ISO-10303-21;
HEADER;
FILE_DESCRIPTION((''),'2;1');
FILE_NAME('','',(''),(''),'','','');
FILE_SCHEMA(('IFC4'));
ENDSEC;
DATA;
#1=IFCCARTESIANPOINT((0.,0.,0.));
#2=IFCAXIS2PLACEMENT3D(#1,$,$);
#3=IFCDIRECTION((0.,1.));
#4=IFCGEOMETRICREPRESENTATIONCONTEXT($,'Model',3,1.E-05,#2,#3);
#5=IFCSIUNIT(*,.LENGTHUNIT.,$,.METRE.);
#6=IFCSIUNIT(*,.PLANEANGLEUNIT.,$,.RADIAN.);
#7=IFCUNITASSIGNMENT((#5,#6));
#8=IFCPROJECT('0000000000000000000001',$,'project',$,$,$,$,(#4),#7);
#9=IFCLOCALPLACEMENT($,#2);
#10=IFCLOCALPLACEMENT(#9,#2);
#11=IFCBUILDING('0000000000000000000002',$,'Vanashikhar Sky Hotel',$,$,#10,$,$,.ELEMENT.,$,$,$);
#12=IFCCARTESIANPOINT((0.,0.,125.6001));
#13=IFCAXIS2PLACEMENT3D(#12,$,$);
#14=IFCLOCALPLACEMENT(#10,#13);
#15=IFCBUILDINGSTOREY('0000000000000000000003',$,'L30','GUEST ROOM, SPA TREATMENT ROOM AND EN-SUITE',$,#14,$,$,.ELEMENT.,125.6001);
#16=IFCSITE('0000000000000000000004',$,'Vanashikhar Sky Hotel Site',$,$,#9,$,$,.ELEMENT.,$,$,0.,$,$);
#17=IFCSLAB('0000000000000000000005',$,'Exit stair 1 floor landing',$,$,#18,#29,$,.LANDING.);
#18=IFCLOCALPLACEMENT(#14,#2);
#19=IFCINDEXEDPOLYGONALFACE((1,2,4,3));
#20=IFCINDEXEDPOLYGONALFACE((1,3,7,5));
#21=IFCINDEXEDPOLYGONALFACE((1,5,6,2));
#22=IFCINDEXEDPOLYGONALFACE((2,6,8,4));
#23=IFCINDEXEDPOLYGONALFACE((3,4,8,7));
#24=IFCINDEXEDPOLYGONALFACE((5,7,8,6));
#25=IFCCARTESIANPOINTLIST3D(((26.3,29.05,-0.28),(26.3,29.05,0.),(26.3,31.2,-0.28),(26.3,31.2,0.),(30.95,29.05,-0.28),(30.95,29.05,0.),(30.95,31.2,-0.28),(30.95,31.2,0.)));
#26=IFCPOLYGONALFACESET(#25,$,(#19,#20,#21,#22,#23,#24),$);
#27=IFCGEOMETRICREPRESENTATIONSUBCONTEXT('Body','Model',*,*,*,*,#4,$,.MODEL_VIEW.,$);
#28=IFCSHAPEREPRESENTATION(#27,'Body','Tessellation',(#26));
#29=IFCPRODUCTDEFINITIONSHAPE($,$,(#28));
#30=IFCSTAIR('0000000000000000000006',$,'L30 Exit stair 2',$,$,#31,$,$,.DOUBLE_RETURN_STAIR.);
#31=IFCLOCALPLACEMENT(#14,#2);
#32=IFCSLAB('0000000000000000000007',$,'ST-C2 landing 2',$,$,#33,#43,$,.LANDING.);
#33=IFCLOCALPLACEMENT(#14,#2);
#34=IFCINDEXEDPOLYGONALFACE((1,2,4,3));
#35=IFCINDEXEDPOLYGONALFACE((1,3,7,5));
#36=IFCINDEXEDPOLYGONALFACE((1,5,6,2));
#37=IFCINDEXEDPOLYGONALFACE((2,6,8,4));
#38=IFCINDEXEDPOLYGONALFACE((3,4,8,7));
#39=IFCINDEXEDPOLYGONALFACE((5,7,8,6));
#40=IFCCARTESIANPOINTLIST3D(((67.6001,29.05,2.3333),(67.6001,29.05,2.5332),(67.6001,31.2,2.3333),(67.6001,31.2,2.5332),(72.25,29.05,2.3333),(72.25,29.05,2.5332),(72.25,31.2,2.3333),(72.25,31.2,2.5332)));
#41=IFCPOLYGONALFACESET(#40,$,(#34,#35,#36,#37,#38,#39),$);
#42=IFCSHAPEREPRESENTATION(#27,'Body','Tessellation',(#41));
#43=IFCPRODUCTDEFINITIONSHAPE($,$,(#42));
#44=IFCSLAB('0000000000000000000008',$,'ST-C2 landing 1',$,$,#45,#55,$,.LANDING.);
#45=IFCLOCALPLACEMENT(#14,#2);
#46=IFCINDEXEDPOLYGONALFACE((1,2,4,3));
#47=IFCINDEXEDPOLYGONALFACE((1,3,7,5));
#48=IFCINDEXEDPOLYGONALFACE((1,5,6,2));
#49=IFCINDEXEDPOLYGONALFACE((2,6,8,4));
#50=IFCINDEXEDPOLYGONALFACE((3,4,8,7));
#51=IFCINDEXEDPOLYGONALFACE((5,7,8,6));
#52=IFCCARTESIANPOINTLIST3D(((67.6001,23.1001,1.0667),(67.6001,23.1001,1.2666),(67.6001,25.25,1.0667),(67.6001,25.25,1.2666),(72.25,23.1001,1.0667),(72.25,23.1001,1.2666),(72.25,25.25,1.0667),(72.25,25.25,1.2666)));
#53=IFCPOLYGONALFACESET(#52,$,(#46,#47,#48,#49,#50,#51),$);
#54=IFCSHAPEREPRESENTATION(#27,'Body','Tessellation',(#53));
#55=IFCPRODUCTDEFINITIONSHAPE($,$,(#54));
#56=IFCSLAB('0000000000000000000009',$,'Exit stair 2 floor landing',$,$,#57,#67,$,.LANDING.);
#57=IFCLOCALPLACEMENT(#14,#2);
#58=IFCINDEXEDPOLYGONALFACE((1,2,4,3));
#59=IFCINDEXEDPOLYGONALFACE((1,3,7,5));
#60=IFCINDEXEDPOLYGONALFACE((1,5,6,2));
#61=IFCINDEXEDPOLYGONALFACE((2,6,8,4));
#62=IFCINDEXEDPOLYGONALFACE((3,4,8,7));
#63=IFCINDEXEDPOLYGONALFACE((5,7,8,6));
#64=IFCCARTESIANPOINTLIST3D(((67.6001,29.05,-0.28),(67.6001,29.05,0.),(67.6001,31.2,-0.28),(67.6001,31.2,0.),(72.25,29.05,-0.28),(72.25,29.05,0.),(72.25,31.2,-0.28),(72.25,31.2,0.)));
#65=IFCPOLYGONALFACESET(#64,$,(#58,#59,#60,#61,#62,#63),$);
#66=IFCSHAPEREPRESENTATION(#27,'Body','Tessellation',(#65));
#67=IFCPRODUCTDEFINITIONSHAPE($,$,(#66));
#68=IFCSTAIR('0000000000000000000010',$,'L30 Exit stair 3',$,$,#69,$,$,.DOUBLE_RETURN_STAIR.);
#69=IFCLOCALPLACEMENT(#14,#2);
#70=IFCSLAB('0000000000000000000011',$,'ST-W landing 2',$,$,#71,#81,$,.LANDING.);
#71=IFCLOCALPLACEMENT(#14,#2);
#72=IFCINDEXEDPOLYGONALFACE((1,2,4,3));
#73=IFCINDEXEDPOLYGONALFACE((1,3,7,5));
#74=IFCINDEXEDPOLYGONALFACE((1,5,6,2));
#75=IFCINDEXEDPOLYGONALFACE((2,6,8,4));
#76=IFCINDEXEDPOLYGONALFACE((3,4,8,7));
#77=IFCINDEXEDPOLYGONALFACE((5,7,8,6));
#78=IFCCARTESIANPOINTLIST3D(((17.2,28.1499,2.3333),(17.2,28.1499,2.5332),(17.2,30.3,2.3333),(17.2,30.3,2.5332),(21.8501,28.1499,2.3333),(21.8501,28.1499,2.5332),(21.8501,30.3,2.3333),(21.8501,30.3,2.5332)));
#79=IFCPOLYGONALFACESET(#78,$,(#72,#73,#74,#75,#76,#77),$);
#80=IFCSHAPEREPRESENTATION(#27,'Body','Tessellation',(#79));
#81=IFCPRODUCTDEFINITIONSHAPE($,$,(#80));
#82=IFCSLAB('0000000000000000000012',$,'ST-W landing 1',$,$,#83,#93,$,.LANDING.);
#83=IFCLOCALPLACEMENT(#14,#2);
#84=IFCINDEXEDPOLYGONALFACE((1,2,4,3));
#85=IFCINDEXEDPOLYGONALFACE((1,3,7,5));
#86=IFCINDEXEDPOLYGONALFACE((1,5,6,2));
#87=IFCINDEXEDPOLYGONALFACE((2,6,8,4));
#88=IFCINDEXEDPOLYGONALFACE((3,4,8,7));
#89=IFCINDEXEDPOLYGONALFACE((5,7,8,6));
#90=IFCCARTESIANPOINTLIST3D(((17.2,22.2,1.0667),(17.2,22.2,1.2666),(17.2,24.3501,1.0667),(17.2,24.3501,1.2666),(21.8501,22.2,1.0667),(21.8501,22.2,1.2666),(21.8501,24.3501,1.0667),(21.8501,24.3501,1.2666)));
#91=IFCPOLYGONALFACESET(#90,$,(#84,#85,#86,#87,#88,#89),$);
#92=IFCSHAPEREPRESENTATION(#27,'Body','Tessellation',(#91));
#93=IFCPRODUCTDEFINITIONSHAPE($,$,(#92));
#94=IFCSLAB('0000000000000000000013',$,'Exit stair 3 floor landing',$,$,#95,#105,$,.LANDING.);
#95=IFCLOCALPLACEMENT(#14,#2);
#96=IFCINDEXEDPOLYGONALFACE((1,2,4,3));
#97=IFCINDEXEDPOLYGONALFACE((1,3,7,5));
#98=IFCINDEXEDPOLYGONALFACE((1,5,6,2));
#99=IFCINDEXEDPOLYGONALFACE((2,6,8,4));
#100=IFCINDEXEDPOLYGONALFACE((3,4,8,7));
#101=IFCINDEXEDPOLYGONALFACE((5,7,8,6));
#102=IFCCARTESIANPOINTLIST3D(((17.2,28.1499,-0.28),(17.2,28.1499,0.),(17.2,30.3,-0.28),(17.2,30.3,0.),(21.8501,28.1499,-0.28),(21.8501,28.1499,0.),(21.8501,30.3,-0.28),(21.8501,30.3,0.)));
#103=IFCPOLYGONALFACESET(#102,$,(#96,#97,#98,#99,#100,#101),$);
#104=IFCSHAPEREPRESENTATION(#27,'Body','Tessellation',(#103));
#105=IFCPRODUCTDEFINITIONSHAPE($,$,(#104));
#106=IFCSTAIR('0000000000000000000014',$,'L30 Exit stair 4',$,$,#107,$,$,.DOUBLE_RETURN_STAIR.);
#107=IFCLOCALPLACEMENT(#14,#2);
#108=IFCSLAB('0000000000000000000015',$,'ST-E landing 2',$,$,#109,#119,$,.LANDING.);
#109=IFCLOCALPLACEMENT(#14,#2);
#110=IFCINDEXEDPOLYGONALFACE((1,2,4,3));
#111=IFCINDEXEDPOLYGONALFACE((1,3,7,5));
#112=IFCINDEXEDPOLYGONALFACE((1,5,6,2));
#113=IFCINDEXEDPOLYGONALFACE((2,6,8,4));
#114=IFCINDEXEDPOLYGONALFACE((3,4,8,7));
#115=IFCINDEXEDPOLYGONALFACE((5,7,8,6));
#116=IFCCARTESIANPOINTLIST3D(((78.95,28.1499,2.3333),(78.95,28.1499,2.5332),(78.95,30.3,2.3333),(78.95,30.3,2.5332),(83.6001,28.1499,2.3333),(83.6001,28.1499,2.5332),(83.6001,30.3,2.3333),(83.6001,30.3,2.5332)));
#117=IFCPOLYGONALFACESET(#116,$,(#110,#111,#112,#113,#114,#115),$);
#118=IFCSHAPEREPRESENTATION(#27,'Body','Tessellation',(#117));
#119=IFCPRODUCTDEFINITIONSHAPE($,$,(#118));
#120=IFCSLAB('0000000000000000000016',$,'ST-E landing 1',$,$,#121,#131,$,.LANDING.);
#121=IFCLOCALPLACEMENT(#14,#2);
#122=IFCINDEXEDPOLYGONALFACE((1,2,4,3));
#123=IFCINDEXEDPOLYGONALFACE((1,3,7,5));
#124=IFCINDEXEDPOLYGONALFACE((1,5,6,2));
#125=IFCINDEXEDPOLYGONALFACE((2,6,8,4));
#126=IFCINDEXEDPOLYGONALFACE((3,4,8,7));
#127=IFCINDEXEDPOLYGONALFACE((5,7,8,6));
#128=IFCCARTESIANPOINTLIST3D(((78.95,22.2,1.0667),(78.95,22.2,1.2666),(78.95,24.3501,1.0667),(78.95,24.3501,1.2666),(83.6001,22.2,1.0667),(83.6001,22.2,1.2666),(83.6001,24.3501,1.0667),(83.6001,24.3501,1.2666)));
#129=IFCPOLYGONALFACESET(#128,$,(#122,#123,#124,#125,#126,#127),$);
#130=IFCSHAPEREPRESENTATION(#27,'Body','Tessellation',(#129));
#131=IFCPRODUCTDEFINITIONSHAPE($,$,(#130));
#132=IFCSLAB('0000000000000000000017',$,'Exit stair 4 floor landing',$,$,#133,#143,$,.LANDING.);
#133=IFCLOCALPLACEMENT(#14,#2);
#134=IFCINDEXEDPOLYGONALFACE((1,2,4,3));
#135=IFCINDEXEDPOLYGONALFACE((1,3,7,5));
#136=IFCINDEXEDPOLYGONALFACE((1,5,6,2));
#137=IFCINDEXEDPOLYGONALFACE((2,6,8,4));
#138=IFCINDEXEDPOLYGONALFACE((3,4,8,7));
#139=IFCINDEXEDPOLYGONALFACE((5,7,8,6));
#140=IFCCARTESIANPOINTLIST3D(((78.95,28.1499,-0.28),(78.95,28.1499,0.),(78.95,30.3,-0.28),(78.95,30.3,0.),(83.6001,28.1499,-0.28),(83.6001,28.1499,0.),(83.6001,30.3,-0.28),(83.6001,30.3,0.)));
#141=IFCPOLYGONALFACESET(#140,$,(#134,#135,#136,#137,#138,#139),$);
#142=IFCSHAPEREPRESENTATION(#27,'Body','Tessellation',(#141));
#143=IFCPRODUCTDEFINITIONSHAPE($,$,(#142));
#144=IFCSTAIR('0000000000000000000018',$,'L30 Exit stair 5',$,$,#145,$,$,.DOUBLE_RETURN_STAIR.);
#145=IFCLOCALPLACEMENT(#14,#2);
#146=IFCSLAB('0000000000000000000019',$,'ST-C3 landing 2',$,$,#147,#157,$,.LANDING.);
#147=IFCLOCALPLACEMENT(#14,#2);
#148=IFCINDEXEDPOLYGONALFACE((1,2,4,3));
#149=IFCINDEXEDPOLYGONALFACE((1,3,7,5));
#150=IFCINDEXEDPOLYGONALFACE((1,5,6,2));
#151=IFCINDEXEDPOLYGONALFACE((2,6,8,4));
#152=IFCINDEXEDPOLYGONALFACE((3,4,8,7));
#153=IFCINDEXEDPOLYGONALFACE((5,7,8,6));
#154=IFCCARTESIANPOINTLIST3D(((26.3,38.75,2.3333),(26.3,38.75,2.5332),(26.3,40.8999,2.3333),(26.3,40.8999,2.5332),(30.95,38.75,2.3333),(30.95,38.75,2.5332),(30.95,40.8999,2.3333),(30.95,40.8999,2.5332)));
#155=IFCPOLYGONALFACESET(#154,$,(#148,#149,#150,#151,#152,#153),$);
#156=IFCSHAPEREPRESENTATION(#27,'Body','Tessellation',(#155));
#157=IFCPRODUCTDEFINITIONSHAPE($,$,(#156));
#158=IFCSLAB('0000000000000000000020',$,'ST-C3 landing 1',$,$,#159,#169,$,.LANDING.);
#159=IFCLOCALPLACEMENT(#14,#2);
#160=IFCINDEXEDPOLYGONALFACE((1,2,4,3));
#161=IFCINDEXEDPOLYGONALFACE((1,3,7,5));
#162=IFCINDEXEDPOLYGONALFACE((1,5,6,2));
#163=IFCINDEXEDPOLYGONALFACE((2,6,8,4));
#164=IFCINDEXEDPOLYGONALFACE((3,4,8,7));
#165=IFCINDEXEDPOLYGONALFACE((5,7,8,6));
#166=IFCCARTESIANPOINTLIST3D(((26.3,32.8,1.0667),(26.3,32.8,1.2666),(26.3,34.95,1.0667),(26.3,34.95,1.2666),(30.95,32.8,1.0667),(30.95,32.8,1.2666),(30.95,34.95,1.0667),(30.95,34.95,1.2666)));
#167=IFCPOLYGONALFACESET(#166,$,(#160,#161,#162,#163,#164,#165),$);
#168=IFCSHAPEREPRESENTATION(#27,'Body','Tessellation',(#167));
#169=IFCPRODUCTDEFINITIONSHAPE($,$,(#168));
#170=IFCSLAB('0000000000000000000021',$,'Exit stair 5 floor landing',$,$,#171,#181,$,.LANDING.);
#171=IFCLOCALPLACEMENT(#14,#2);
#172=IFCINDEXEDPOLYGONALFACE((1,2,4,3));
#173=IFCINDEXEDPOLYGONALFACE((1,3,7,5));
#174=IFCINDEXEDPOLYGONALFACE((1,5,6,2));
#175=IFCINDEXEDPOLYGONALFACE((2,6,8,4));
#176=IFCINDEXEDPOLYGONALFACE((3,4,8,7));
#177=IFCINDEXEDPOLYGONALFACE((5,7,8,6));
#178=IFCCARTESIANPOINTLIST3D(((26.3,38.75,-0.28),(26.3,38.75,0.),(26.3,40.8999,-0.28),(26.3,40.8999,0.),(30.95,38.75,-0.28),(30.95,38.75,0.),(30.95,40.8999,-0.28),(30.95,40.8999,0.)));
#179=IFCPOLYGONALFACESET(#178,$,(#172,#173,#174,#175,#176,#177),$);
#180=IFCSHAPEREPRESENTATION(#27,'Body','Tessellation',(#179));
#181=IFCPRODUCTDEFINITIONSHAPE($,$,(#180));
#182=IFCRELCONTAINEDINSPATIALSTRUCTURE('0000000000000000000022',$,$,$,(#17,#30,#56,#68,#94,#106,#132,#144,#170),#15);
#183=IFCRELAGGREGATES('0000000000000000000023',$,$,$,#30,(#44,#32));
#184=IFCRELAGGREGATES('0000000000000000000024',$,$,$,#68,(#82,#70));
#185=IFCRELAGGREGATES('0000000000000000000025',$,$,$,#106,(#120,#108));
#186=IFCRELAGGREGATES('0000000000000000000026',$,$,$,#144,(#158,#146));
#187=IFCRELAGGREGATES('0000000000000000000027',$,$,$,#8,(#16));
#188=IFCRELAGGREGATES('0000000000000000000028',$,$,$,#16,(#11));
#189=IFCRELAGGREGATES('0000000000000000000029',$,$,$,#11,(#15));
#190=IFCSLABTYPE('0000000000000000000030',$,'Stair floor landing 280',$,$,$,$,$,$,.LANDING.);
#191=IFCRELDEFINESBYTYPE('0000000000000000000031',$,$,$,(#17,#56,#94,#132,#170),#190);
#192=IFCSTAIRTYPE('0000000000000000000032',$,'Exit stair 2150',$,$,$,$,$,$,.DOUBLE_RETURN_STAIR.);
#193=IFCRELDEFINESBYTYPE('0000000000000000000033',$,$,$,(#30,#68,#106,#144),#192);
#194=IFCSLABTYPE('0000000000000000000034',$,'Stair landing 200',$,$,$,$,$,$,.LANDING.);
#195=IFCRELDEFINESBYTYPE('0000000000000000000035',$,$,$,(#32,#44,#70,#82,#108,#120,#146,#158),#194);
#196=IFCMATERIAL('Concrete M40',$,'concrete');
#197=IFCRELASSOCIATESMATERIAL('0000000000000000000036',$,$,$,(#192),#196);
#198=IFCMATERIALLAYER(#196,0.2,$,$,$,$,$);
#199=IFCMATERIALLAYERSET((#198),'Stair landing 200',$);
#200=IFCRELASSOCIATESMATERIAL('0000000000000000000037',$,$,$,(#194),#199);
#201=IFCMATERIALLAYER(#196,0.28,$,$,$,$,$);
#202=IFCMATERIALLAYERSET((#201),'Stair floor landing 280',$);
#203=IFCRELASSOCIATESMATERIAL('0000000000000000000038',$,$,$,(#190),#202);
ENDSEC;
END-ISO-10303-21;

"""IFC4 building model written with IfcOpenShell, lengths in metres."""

from ifc_helpers import new_model, si_unit, direction, frame, origin, place, context, subcontext, project, spatial, polyline, outline, extrude, source, transform, mapped, material, layer, layer_set, type_object, element, aggregate, save


model = new_model("IFC4")

# Units and contexts
model_context = context("Model", 3, precision=1e-05, world=origin(), true_north=direction((0.0, 1.0)))
body_context = subcontext(model_context, "Body", "Model", "MODEL_VIEW")
ifc_project = project(units=[si_unit("LENGTHUNIT", "METRE"), si_unit("PLANEANGLEUNIT", "RADIAN")], contexts=[model_context])

# Site, building, storey
site_placement = place(None, origin())
site = spatial("IfcSite", under=ifc_project, at=site_placement, Name="Vanashikhar Sky Hotel Site", CompositionType="ELEMENT", RefElevation=0.0)
building_placement = place(site_placement, origin())
building = spatial("IfcBuilding", under=site, at=building_placement, Name="Vanashikhar Sky Hotel", CompositionType="ELEMENT")
storey_placement = place(building_placement, frame((0.0, 0.0, 125.6001)))
storey = spatial("IfcBuildingStorey", under=building, at=storey_placement, Name="L30", Description="GUEST ROOM, SPA TREATMENT ROOM AND EN-SUITE", CompositionType="ELEMENT", Elevation=125.6001)

# Shared definitions
ifc_material_1 = material(Name="Concrete M40", Category="concrete")

# Shared definitions
stair_type = type_object("IfcStairType", Name="Exit stair 2150", PredefinedType="DOUBLE_RETURN_STAIR", material=ifc_material_1)
ifc_layer_1 = layer(ifc_material_1, 0.2)
ifc_layer_set_1 = layer_set([ifc_layer_1], Name="Stair landing 200")
slab_type_1 = type_object("IfcSlabType", Name="Stair landing 200", PredefinedType="LANDING", material=ifc_layer_set_1)

# Slab
ifc_layer_2 = layer(ifc_material_1, 0.28)
ifc_layer_set_2 = layer_set([ifc_layer_2], Name="Stair floor landing 280")
slab_type_2 = type_object("IfcSlabType", Name="Stair floor landing 280", PredefinedType="LANDING", material=ifc_layer_set_2)
shared_shape_1 = source(origin(), body_context, "Body", "SweptSolid", [
    extrude(outline(polyline([(30.95, 29.05), (30.95, 31.2), (26.3, 31.2), (26.3, 29.05), (30.95, 29.05)])), origin(), (0.0, 0.0, 1.0), 0.28),
])
slab_1_placement = place(storey_placement, frame((0.0, 0.0, -0.28)))
element("IfcSlab", 1, at=slab_1_placement, inside=storey, type_object=slab_type_2, Name="Exit stair 1 floor landing", PredefinedType="LANDING", context=body_context, shape_type="MappedRepresentation", body=[
    mapped(shared_shape_1, transform((0.0, 0.0, 0.0), scale=1.0)),
])

# Stair, slabs
stair_1_placement = place(storey_placement, origin())
stair_1 = element("IfcStair", 2, at=stair_1_placement, inside=storey, type_object=stair_type, Name="L30 Exit stair 2", PredefinedType="DOUBLE_RETURN_STAIR")
shared_shape_2 = source(origin(), body_context, "Body", "SweptSolid", [
    extrude(outline(polyline([(72.25, 29.05), (72.25, 31.2), (67.6001, 31.2), (67.6001, 29.05), (72.25, 29.05)])), origin(), (0.0, 0.0, 1.0), 0.2),
])
slab_2_placement = place(storey_placement, frame((0.0, 0.0, 2.3333)))
slab_2 = element("IfcSlab", 3, at=slab_2_placement, type_object=slab_type_1, Name="ST-C2 landing 2", PredefinedType="LANDING", context=body_context, shape_type="MappedRepresentation", body=[
    mapped(shared_shape_2, transform((0.0, 0.0, 0.0), scale=1.0)),
])
shared_shape_3 = source(origin(), body_context, "Body", "SweptSolid", [
    extrude(outline(polyline([(72.25, 23.1001), (72.25, 25.25), (67.6001, 25.25), (67.6001, 23.1001), (72.25, 23.1001)])), origin(), (0.0, 0.0, 1.0), 0.2),
])
slab_3_placement = place(storey_placement, frame((0.0, 0.0, 1.0667)))
slab_3 = element("IfcSlab", 4, at=slab_3_placement, type_object=slab_type_1, Name="ST-C2 landing 1", PredefinedType="LANDING", context=body_context, shape_type="MappedRepresentation", body=[
    mapped(shared_shape_3, transform((0.0, 0.0, 0.0), scale=1.0)),
])
aggregate(stair_1, [slab_3, slab_2])

# Slab
shared_shape_4 = source(origin(), body_context, "Body", "SweptSolid", [
    extrude(outline(polyline([(72.25, 29.05), (72.25, 31.2), (67.6001, 31.2), (67.6001, 29.05), (72.25, 29.05)])), origin(), (0.0, 0.0, 1.0), 0.28),
])
slab_4_placement = place(storey_placement, frame((0.0, 0.0, -0.28)))
element("IfcSlab", 5, at=slab_4_placement, inside=storey, type_object=slab_type_2, Name="Exit stair 2 floor landing", PredefinedType="LANDING", context=body_context, shape_type="MappedRepresentation", body=[
    mapped(shared_shape_4, transform((0.0, 0.0, 0.0), scale=1.0)),
])

# Stair, slabs
stair_2_placement = place(storey_placement, origin())
stair_2 = element("IfcStair", 6, at=stair_2_placement, inside=storey, type_object=stair_type, Name="L30 Exit stair 3", PredefinedType="DOUBLE_RETURN_STAIR")
shared_shape_5 = source(origin(), body_context, "Body", "SweptSolid", [
    extrude(outline(polyline([(21.8501, 28.1499), (21.8501, 30.3), (17.2, 30.3), (17.2, 28.1499), (21.8501, 28.1499)])), origin(), (0.0, 0.0, 1.0), 0.2),
])
slab_5_placement = place(storey_placement, frame((0.0, 0.0, 2.3333)))
slab_5 = element("IfcSlab", 7, at=slab_5_placement, type_object=slab_type_1, Name="ST-W landing 2", PredefinedType="LANDING", context=body_context, shape_type="MappedRepresentation", body=[
    mapped(shared_shape_5, transform((0.0, 0.0, 0.0), scale=1.0)),
])
shared_shape_6 = source(origin(), body_context, "Body", "SweptSolid", [
    extrude(outline(polyline([(21.8501, 22.2), (21.8501, 24.3501), (17.2, 24.3501), (17.2, 22.2), (21.8501, 22.2)])), origin(), (0.0, 0.0, 1.0), 0.2),
])
slab_6_placement = place(storey_placement, frame((0.0, 0.0, 1.0667)))
slab_6 = element("IfcSlab", 8, at=slab_6_placement, type_object=slab_type_1, Name="ST-W landing 1", PredefinedType="LANDING", context=body_context, shape_type="MappedRepresentation", body=[
    mapped(shared_shape_6, transform((0.0, 0.0, 0.0), scale=1.0)),
])
aggregate(stair_2, [slab_6, slab_5])

# Slab
shared_shape_7 = source(origin(), body_context, "Body", "SweptSolid", [
    extrude(outline(polyline([(21.8501, 28.1499), (21.8501, 30.3), (17.2, 30.3), (17.2, 28.1499), (21.8501, 28.1499)])), origin(), (0.0, 0.0, 1.0), 0.28),
])
slab_7_placement = place(storey_placement, frame((0.0, 0.0, -0.28)))
element("IfcSlab", 9, at=slab_7_placement, inside=storey, type_object=slab_type_2, Name="Exit stair 3 floor landing", PredefinedType="LANDING", context=body_context, shape_type="MappedRepresentation", body=[
    mapped(shared_shape_7, transform((0.0, 0.0, 0.0), scale=1.0)),
])

# Stair, slabs
stair_3_placement = place(storey_placement, origin())
stair_3 = element("IfcStair", 10, at=stair_3_placement, inside=storey, type_object=stair_type, Name="L30 Exit stair 4", PredefinedType="DOUBLE_RETURN_STAIR")
shared_shape_8 = source(origin(), body_context, "Body", "SweptSolid", [
    extrude(outline(polyline([(83.6001, 28.1499), (83.6001, 30.3), (78.95, 30.3), (78.95, 28.1499), (83.6001, 28.1499)])), origin(), (0.0, 0.0, 1.0), 0.2),
])
slab_8_placement = place(storey_placement, frame((0.0, 0.0, 2.3333)))
slab_8 = element("IfcSlab", 11, at=slab_8_placement, type_object=slab_type_1, Name="ST-E landing 2", PredefinedType="LANDING", context=body_context, shape_type="MappedRepresentation", body=[
    mapped(shared_shape_8, transform((0.0, 0.0, 0.0), scale=1.0)),
])
shared_shape_9 = source(origin(), body_context, "Body", "SweptSolid", [
    extrude(outline(polyline([(83.6001, 22.2), (83.6001, 24.3501), (78.95, 24.3501), (78.95, 22.2), (83.6001, 22.2)])), origin(), (0.0, 0.0, 1.0), 0.2),
])
slab_9_placement = place(storey_placement, frame((0.0, 0.0, 1.0667)))
slab_9 = element("IfcSlab", 12, at=slab_9_placement, type_object=slab_type_1, Name="ST-E landing 1", PredefinedType="LANDING", context=body_context, shape_type="MappedRepresentation", body=[
    mapped(shared_shape_9, transform((0.0, 0.0, 0.0), scale=1.0)),
])
aggregate(stair_3, [slab_9, slab_8])

# Slab
shared_shape_10 = source(origin(), body_context, "Body", "SweptSolid", [
    extrude(outline(polyline([(83.6001, 28.1499), (83.6001, 30.3), (78.95, 30.3), (78.95, 28.1499), (83.6001, 28.1499)])), origin(), (0.0, 0.0, 1.0), 0.28),
])
slab_10_placement = place(storey_placement, frame((0.0, 0.0, -0.28)))
element("IfcSlab", 13, at=slab_10_placement, inside=storey, type_object=slab_type_2, Name="Exit stair 4 floor landing", PredefinedType="LANDING", context=body_context, shape_type="MappedRepresentation", body=[
    mapped(shared_shape_10, transform((0.0, 0.0, 0.0), scale=1.0)),
])

# Stair, slabs
stair_4_placement = place(storey_placement, origin())
stair_4 = element("IfcStair", 14, at=stair_4_placement, inside=storey, type_object=stair_type, Name="L30 Exit stair 5", PredefinedType="DOUBLE_RETURN_STAIR")
shared_shape_11 = source(origin(), body_context, "Body", "SweptSolid", [
    extrude(outline(polyline([(30.95, 38.75), (30.95, 40.8999), (26.3, 40.8999), (26.3, 38.75), (30.95, 38.75)])), origin(), (0.0, 0.0, 1.0), 0.2),
])
slab_11_placement = place(storey_placement, frame((0.0, 0.0, 2.3333)))
slab_11 = element("IfcSlab", 15, at=slab_11_placement, type_object=slab_type_1, Name="ST-C3 landing 2", PredefinedType="LANDING", context=body_context, shape_type="MappedRepresentation", body=[
    mapped(shared_shape_11, transform((0.0, 0.0, 0.0), scale=1.0)),
])
shared_shape_12 = source(origin(), body_context, "Body", "SweptSolid", [
    extrude(outline(polyline([(30.95, 32.8), (30.95, 34.95), (26.3, 34.95), (26.3, 32.8), (30.95, 32.8)])), origin(), (0.0, 0.0, 1.0), 0.2),
])
slab_12_placement = place(storey_placement, frame((0.0, 0.0, 1.0667)))
slab_12 = element("IfcSlab", 16, at=slab_12_placement, type_object=slab_type_1, Name="ST-C3 landing 1", PredefinedType="LANDING", context=body_context, shape_type="MappedRepresentation", body=[
    mapped(shared_shape_12, transform((0.0, 0.0, 0.0), scale=1.0)),
])
aggregate(stair_4, [slab_12, slab_11])

# Slab
shared_shape_13 = source(origin(), body_context, "Body", "SweptSolid", [
    extrude(outline(polyline([(30.95, 38.75), (30.95, 40.8999), (26.3, 40.8999), (26.3, 38.75), (30.95, 38.75)])), origin(), (0.0, 0.0, 1.0), 0.28),
])
slab_13_placement = place(storey_placement, frame((0.0, 0.0, -0.28)))
element("IfcSlab", 17, at=slab_13_placement, inside=storey, type_object=slab_type_2, Name="Exit stair 5 floor landing", PredefinedType="LANDING", context=body_context, shape_type="MappedRepresentation", body=[
    mapped(shared_shape_13, transform((0.0, 0.0, 0.0), scale=1.0)),
])

save(model, "model.ifc")
